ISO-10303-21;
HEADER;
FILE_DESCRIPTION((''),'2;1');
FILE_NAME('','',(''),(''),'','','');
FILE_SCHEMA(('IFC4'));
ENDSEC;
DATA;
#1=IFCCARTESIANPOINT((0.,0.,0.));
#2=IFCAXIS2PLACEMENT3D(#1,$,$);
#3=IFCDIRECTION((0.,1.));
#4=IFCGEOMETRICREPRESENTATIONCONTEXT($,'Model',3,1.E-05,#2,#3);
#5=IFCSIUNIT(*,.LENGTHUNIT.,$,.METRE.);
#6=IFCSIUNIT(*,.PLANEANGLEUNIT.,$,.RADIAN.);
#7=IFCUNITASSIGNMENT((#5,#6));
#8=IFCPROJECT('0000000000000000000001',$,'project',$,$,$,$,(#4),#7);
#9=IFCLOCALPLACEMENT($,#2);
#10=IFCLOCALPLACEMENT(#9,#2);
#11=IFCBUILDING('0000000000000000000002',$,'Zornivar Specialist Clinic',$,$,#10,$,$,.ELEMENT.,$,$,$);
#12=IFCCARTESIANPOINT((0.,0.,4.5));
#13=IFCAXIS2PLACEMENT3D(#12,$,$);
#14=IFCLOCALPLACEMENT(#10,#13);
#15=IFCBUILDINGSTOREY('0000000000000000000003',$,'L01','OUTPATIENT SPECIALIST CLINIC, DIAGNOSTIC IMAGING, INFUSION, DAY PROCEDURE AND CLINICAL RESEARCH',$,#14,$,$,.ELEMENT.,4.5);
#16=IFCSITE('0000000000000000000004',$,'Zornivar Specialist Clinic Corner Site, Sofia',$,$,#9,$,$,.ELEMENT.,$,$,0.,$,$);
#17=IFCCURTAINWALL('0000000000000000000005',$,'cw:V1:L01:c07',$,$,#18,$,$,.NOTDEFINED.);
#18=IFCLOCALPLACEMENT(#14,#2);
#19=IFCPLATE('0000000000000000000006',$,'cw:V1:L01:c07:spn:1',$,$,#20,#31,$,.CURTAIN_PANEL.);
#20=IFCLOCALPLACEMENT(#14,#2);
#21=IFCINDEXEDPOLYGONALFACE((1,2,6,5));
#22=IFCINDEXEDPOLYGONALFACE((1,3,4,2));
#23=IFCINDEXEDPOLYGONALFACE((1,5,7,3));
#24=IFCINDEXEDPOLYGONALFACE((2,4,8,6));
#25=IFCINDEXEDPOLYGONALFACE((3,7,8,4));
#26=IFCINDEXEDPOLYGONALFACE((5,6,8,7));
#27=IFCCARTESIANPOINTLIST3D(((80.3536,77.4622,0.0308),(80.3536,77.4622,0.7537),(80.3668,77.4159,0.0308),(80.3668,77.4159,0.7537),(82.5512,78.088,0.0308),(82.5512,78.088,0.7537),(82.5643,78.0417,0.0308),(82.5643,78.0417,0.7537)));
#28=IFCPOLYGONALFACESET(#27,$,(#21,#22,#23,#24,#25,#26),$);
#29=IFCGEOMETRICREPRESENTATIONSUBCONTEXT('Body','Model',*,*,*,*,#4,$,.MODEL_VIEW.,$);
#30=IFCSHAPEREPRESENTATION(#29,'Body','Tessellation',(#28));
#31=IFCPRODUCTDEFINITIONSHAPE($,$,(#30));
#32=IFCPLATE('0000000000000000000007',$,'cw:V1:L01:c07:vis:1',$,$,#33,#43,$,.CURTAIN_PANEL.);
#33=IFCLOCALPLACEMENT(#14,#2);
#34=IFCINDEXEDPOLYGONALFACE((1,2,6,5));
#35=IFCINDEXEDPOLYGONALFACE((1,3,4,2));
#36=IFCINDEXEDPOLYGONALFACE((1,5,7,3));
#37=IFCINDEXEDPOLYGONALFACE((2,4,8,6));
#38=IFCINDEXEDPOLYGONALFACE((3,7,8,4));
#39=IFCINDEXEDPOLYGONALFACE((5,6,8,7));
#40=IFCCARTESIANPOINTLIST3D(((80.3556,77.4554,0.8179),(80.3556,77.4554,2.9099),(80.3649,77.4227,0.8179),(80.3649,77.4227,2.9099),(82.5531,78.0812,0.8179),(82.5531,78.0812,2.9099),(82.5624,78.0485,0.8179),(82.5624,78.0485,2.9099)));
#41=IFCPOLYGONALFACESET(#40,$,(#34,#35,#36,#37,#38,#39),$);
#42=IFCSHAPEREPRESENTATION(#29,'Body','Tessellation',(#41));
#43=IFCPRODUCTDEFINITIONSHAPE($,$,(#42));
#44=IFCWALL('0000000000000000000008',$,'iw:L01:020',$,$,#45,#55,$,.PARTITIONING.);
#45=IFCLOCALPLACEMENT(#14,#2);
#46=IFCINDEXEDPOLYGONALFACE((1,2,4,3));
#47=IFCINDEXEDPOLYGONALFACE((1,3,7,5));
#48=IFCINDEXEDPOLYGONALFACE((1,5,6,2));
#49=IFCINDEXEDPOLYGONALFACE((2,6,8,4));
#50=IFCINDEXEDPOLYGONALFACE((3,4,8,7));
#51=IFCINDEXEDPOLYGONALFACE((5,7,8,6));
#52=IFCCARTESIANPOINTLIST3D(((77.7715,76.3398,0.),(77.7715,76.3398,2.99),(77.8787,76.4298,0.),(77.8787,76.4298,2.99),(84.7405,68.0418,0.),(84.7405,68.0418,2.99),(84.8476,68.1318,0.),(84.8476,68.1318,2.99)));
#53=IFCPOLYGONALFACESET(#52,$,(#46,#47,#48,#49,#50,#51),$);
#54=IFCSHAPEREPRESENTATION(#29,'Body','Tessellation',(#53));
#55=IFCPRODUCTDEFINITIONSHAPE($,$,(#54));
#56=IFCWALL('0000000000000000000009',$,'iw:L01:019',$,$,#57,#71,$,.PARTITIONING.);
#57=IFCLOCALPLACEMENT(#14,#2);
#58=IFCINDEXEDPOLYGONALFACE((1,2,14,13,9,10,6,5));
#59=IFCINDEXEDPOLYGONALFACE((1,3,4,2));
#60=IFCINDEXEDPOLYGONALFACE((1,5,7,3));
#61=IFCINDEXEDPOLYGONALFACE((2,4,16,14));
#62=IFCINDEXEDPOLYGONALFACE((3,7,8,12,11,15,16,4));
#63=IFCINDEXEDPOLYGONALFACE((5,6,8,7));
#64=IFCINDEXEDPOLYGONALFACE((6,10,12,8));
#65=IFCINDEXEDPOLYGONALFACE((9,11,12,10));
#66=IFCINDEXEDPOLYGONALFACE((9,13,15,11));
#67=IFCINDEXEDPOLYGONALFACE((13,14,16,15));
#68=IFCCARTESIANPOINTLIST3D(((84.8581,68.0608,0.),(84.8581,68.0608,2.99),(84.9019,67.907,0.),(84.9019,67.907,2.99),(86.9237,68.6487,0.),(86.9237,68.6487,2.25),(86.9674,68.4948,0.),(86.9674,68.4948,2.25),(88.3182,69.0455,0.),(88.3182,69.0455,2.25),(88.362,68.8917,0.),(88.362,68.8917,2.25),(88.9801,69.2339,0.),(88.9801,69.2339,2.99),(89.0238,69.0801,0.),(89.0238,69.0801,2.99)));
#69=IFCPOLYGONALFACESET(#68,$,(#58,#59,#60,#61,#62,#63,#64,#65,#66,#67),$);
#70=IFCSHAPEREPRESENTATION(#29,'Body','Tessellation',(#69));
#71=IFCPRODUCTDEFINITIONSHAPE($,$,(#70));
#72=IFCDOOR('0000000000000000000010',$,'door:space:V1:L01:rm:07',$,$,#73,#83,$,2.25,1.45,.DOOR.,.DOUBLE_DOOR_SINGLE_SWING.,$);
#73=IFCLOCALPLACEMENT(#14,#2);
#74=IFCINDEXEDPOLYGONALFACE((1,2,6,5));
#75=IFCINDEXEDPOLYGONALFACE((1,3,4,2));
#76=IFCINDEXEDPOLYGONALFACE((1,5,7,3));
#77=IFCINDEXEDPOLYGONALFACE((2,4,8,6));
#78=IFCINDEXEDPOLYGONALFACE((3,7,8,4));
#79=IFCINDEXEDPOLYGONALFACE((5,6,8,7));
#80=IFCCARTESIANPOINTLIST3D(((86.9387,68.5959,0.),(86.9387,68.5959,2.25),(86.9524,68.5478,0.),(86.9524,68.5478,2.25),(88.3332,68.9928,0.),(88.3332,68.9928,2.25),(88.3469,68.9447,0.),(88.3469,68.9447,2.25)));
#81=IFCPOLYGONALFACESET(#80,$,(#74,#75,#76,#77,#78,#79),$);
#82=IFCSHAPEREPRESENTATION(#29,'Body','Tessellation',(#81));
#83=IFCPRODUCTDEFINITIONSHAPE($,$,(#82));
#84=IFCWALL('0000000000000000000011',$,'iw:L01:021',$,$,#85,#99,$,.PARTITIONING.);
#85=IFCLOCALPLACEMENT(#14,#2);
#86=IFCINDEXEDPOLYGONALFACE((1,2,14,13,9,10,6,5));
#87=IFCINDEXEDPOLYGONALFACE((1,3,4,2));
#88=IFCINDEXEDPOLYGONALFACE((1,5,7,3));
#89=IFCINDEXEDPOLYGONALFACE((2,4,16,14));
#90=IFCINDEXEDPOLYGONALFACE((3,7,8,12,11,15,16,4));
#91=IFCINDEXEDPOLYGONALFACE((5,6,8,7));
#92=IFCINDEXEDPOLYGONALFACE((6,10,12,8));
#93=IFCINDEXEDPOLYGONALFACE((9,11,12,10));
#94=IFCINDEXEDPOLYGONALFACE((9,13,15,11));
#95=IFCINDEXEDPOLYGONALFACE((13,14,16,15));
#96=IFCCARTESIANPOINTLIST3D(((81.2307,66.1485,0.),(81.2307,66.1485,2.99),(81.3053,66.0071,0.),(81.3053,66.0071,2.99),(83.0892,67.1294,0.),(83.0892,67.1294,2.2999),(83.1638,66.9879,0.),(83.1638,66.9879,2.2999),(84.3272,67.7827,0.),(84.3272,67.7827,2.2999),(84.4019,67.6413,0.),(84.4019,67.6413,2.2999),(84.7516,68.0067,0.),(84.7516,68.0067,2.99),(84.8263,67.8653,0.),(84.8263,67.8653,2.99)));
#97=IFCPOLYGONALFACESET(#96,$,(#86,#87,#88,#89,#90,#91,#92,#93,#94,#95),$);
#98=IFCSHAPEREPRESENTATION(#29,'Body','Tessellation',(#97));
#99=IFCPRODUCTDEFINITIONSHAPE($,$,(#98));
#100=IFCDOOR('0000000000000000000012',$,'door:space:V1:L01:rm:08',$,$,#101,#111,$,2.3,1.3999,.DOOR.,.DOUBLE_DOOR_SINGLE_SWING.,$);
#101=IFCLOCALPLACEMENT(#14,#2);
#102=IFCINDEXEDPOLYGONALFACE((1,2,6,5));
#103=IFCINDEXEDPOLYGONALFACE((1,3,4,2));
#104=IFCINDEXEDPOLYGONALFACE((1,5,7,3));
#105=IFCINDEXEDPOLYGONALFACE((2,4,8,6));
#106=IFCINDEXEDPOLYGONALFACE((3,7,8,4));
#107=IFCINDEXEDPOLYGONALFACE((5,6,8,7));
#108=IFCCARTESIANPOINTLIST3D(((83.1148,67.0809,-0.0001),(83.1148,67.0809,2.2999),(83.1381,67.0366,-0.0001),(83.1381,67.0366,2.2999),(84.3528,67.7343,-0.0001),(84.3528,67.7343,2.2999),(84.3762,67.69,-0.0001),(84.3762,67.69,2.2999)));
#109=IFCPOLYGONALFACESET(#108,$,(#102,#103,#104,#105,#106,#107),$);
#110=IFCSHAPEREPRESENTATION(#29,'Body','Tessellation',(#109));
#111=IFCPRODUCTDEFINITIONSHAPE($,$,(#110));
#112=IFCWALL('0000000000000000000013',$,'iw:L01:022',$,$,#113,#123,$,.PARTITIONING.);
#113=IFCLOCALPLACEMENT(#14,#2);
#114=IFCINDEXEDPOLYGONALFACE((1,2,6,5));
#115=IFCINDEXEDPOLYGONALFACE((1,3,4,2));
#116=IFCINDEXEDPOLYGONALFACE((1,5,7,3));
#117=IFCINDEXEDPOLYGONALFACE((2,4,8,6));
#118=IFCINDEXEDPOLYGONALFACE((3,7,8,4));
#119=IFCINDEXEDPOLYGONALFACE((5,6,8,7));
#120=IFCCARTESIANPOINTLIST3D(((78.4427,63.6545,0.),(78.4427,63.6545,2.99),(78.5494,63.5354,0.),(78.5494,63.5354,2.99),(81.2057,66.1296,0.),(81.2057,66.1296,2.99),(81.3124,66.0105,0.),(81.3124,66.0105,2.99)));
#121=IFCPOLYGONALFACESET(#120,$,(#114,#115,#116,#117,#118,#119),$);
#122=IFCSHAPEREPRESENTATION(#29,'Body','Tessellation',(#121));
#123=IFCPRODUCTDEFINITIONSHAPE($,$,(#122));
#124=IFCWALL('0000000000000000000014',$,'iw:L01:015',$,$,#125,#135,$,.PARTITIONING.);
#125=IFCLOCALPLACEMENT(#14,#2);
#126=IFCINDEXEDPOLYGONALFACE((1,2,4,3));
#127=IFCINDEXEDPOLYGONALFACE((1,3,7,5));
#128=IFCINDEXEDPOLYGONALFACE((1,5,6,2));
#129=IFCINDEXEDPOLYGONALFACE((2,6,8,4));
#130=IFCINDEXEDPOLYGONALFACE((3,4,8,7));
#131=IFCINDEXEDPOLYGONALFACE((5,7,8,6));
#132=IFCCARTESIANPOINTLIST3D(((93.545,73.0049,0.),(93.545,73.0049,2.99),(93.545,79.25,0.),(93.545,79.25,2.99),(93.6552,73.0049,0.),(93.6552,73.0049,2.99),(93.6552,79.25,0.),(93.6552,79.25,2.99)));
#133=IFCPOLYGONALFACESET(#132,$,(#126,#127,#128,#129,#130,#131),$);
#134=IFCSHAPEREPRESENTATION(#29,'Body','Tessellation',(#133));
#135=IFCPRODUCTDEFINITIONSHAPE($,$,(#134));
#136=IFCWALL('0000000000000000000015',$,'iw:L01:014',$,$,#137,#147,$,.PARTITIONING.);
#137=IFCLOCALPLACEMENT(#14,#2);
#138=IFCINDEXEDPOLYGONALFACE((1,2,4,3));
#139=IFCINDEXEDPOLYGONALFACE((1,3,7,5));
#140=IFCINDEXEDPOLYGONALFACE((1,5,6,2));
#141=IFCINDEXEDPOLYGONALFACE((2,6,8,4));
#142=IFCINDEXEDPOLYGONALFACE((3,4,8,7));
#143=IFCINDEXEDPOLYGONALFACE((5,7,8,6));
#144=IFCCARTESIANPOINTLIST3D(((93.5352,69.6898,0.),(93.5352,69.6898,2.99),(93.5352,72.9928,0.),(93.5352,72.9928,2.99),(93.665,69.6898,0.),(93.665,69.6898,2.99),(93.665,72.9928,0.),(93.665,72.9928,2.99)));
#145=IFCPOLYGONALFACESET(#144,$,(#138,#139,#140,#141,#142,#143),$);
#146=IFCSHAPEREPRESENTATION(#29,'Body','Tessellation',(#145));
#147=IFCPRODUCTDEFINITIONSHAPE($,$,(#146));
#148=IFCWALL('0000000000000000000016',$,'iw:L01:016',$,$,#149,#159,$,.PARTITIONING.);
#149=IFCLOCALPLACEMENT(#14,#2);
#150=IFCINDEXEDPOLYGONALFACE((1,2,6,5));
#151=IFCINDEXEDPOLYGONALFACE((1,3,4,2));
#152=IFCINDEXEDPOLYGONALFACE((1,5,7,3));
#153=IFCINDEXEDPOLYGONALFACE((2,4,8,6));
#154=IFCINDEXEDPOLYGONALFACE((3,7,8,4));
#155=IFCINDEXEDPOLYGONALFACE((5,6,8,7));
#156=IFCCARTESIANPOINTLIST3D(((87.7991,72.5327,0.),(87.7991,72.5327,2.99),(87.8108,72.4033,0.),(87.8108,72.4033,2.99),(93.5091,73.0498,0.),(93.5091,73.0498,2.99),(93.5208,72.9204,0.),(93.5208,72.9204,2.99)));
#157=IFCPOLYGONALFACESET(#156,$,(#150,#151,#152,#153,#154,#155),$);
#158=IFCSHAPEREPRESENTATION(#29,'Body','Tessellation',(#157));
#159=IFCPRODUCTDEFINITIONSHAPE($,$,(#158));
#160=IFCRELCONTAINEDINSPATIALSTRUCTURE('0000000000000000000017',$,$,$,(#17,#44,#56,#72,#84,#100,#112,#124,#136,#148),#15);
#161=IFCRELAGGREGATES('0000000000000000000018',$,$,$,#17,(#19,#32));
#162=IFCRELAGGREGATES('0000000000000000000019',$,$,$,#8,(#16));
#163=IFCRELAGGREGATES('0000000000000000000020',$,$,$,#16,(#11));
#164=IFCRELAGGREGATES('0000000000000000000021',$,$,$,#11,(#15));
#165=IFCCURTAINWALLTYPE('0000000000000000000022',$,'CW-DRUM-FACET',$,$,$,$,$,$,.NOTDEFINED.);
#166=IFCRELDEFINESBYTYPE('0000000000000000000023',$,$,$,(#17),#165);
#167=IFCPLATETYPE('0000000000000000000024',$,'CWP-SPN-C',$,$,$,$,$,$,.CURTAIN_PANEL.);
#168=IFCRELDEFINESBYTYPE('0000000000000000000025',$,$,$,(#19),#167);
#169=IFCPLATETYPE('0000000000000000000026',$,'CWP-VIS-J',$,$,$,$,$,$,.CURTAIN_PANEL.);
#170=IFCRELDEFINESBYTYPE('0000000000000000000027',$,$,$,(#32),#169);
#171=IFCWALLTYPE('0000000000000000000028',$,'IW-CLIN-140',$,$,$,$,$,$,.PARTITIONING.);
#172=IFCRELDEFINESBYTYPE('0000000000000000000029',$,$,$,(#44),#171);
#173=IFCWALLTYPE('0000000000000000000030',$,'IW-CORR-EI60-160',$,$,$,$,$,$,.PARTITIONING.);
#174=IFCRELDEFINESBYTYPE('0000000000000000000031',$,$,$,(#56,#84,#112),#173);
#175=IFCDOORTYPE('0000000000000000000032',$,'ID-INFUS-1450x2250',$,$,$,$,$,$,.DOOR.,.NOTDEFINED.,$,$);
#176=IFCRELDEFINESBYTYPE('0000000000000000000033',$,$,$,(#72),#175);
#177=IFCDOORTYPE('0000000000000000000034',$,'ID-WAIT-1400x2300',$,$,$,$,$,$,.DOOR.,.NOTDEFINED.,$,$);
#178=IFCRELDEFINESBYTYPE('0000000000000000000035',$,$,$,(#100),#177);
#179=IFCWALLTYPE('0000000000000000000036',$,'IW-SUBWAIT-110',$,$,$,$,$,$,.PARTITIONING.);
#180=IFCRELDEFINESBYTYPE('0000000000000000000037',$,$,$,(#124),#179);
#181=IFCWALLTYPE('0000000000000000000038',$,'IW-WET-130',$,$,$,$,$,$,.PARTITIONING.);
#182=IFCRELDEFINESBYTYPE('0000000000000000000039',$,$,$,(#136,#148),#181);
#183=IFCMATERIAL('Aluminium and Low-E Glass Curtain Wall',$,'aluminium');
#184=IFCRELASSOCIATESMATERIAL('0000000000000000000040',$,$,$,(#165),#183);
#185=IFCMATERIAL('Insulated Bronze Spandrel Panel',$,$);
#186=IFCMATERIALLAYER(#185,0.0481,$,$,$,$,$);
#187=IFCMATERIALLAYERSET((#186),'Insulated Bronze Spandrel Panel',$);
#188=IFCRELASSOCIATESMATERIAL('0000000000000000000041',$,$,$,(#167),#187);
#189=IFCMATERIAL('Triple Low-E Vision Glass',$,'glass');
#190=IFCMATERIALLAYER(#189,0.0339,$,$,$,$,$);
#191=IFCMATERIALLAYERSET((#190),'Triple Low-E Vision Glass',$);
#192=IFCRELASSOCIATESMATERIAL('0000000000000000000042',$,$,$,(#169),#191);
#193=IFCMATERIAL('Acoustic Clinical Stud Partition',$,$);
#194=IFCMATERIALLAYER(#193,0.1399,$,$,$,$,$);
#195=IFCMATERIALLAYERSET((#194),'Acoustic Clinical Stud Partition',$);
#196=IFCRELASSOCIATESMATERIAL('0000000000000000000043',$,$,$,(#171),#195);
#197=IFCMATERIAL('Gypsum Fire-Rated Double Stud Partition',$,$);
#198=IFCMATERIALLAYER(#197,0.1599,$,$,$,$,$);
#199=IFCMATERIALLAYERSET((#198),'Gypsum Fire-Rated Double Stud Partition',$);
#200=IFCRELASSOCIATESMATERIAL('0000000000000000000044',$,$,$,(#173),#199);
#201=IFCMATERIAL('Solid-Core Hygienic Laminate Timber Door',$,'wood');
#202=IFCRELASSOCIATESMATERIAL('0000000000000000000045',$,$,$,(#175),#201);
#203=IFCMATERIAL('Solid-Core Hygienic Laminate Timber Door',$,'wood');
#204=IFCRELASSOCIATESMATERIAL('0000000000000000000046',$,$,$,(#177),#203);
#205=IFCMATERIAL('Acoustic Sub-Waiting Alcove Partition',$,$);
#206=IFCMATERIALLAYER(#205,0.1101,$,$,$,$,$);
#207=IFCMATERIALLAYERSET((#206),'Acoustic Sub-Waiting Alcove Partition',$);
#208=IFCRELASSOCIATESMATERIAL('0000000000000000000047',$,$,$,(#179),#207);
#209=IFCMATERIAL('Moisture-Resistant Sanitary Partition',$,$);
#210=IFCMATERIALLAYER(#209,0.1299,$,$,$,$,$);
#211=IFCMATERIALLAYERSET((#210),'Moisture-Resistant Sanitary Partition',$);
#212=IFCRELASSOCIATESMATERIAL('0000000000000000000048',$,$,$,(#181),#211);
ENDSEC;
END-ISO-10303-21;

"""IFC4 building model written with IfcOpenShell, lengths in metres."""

from ifc_helpers import new_model, si_unit, direction, frame, frame_2d, origin, origin_2d, place, context, subcontext, project, spatial, rectangle, extrude, material, layer, layer_set, type_object, element, fill, aggregate, save


model = new_model("IFC4")

# Units and contexts
model_context = context("Model", 3, precision=1e-05, world=origin(), true_north=direction((0.0, 1.0)))
body_context = subcontext(model_context, "Body", "Model", "MODEL_VIEW")
ifc_project = project(units=[si_unit("LENGTHUNIT", "METRE"), si_unit("PLANEANGLEUNIT", "RADIAN")], contexts=[model_context])

# Site, building, storey
site_placement = place(None, origin())
site = spatial("IfcSite", under=ifc_project, at=site_placement, Name="Zornivar Specialist Clinic Corner Site, Sofia", CompositionType="ELEMENT", RefElevation=0.0)
building_placement = place(site_placement, origin())
building = spatial("IfcBuilding", under=site, at=building_placement, Name="Zornivar Specialist Clinic", CompositionType="ELEMENT")
storey_placement = place(building_placement, frame((0.0, 0.0, 4.5)))
storey = spatial("IfcBuildingStorey", under=building, at=storey_placement, Name="L01", Description="OUTPATIENT SPECIALIST CLINIC, DIAGNOSTIC IMAGING, INFUSION, DAY PROCEDURE AND CLINICAL RESEARCH", CompositionType="ELEMENT", Elevation=4.5)

# Curtain wall, plates
ifc_material_1 = material(Name="Aluminium and Low-E Glass Curtain Wall", Category="aluminium")
curtain_wall_type = type_object("IfcCurtainWallType", Name="CW-DRUM-FACET", PredefinedType="NOTDEFINED", material=ifc_material_1)
curtain_wall_placement = place(storey_placement, origin())
curtain_wall = element("IfcCurtainWall", 1, at=curtain_wall_placement, inside=storey, type_object=curtain_wall_type, Name="cw:V1:L01:c07", PredefinedType="NOTDEFINED")
ifc_material_2 = material(Name="Insulated Bronze Spandrel Panel")
ifc_layer_1 = layer(ifc_material_2, 0.0481)
ifc_layer_set_1 = layer_set([ifc_layer_1], Name="Insulated Bronze Spandrel Panel")
plate_type_1 = type_object("IfcPlateType", Name="CWP-SPN-C", PredefinedType="CURTAIN_PANEL", material=ifc_layer_set_1)
plate_1_placement = place(storey_placement, frame((81.459, 77.752, 0.0308), z_axis=(0.0, 0.0, 1.0), x_axis=(-0.961761, -0.273889, 0.0)))
plate_1 = element("IfcPlate", 2, at=plate_1_placement, type_object=plate_type_1, Name="cw:V1:L01:c07:spn:1", PredefinedType="CURTAIN_PANEL", context=body_context, shape_type="SweptSolid", body=[
    extrude(rectangle(XDim=2.2849, YDim=0.0481, at=origin_2d()), origin(), (0.0, 0.0, 1.0), 0.7229),
])
ifc_material_3 = material(Name="Triple Low-E Vision Glass", Category="glass")
ifc_layer_2 = layer(ifc_material_3, 0.0339)
ifc_layer_set_2 = layer_set([ifc_layer_2], Name="Triple Low-E Vision Glass")
plate_type_2 = type_object("IfcPlateType", Name="CWP-VIS-J", PredefinedType="CURTAIN_PANEL", material=ifc_layer_set_2)
plate_2_placement = place(storey_placement, frame((81.459, 77.752, 0.8179), z_axis=(0.0, 0.0, 1.0), x_axis=(-0.961761, -0.273889, 0.0)))
plate_2 = element("IfcPlate", 3, at=plate_2_placement, type_object=plate_type_2, Name="cw:V1:L01:c07:vis:1", PredefinedType="CURTAIN_PANEL", context=body_context, shape_type="SweptSolid", body=[
    extrude(rectangle(XDim=2.2849, YDim=0.0339, at=origin_2d()), origin(), (0.0, 0.0, 1.0), 2.092),
])
aggregate(curtain_wall, [plate_1, plate_2])

# Wall
ifc_material_4 = material(Name="Acoustic Clinical Stud Partition")
ifc_layer_3 = layer(ifc_material_4, 0.1399)
ifc_layer_set_3 = layer_set([ifc_layer_3], Name="Acoustic Clinical Stud Partition")
wall_type_1 = type_object("IfcWallType", Name="IW-CLIN-140", PredefinedType="PARTITIONING", material=ifc_layer_set_3)
wall_1_placement = place(storey_placement, frame((84.7939, 68.0869, 0.0), z_axis=(0.0, 0.0, 1.0), x_axis=(-0.643116, 0.765769, 0.0)))
element("IfcWall", 4, at=wall_1_placement, inside=storey, type_object=wall_type_1, Name="iw:L01:020", PredefinedType="PARTITIONING", context=body_context, shape_type="SweptSolid", body=[
    extrude(rectangle(XDim=10.8362, YDim=0.1399, at=frame_2d((5.418, 0.0))), origin(), (0.0, 0.0, 1.0), 2.99),
])

# Walls, openings, doors
ifc_material_5 = material(Name="Gypsum Fire-Rated Double Stud Partition")
ifc_layer_4 = layer(ifc_material_5, 0.1599)
ifc_layer_set_4 = layer_set([ifc_layer_4], Name="Gypsum Fire-Rated Double Stud Partition")
wall_type_2 = type_object("IfcWallType", Name="IW-CORR-EI60-160", PredefinedType="PARTITIONING", material=ifc_layer_set_4)
wall_2_placement = place(storey_placement, frame((89.002, 69.157, 0.0), z_axis=(0.0, 0.0, 1.0), x_axis=(-0.961809, -0.27372, 0.0)))
wall_2 = element("IfcWall", 5, at=wall_2_placement, inside=storey, type_object=wall_type_2, Name="iw:L01:019", PredefinedType="PARTITIONING", context=body_context, shape_type="SweptSolid", body=[
    extrude(rectangle(XDim=4.2856, YDim=0.1599, at=frame_2d((2.1428, 0.0))), origin(), (0.0, 0.0, 1.0), 2.99),
])
opening_1_placement = place(wall_2_placement, frame((0.688, 0.0, 0.0)))
opening_1 = element("IfcOpeningElement", 6, at=opening_1_placement, cuts=wall_2, PredefinedType="OPENING", context=body_context, shape_type="SweptSolid", body=[
    extrude(rectangle(XDim=1.45, YDim=2.25, at=frame_2d((0.7251, 1.125))), frame((0.0, 0.0898, 0.0), z_axis=(0.0, -1.0, 0.0), x_axis=(1.0, 0.0, 0.0)), (0.0, 0.0, 1.0), 0.1799),
])
ifc_material_6 = material(Name="Solid-Core Hygienic Laminate Timber Door", Category="wood")
door_type_1 = type_object("IfcDoorType", Name="ID-INFUS-1450x2250", OperationType="NOTDEFINED", PredefinedType="DOOR", material=ifc_material_6)
door_1_placement = place(opening_1_placement, origin())
door_1 = element("IfcDoor", 7, at=door_1_placement, inside=storey, type_object=door_type_1, Name="door:space:V1:L01:rm:07", OperationType="DOUBLE_DOOR_SINGLE_SWING", OverallHeight=2.25, OverallWidth=1.45, PredefinedType="DOOR", context=body_context, shape_type="SweptSolid", body=[
    extrude(rectangle(XDim=1.45, YDim=2.25, at=frame_2d((0.7251, 1.125))), frame((0.0, 0.0249, 0.0), z_axis=(0.0, -1.0, 0.0), x_axis=(1.0, 0.0, 0.0)), (0.0, 0.0, 1.0), 0.05),
])
fill(opening_1, door_1)
wall_3_placement = place(storey_placement, frame((84.7891, 67.936, 0.0), z_axis=(0.0, 0.0, 1.0), x_axis=(-0.8844, -0.466729, 0.0)))
wall_3 = element("IfcWall", 8, at=wall_3_placement, inside=storey, type_object=wall_type_2, Name="iw:L01:021", PredefinedType="PARTITIONING", context=body_context, shape_type="SweptSolid", body=[
    extrude(rectangle(XDim=3.9812, YDim=0.1599, at=frame_2d((1.9907, 0.0))), origin(), (0.0, 0.0, 1.0), 2.99),
])
opening_2_placement = place(wall_3_placement, frame((0.48, 0.0, 0.0)))
opening_2 = element("IfcOpeningElement", 9, at=opening_2_placement, cuts=wall_3, PredefinedType="OPENING", context=body_context, shape_type="SweptSolid", body=[
    extrude(rectangle(XDim=1.3999, YDim=2.3, at=frame_2d((0.7, 1.1499))), frame((0.0, 0.0898, 0.0), z_axis=(0.0, -1.0, 0.0), x_axis=(1.0, 0.0, 0.0)), (0.0, 0.0, 1.0), 0.1799),
])
ifc_material_7 = material(Name="Solid-Core Hygienic Laminate Timber Door", Category="wood")
door_type_2 = type_object("IfcDoorType", Name="ID-WAIT-1400x2300", OperationType="NOTDEFINED", PredefinedType="DOOR", material=ifc_material_7)
door_2_placement = place(opening_2_placement, origin())
door_2 = element("IfcDoor", 10, at=door_2_placement, inside=storey, type_object=door_type_2, Name="door:space:V1:L01:rm:08", OperationType="DOUBLE_DOOR_SINGLE_SWING", OverallHeight=2.3, OverallWidth=1.3999, PredefinedType="DOOR", context=body_context, shape_type="SweptSolid", body=[
    extrude(rectangle(XDim=1.3999, YDim=2.3, at=frame_2d((0.7, 1.1499))), frame((0.0, 0.0249, 0.0), z_axis=(0.0, -1.0, 0.0), x_axis=(1.0, 0.0, 0.0)), (0.0, 0.0, 1.0), 0.05),
])
fill(opening_2, door_2)

# Walls
wall_4_placement = place(storey_placement, frame((81.259, 66.0701, 0.0), z_axis=(0.0, 0.0, 1.0), x_axis=(-0.74484, -0.667243, 0.0)))
element("IfcWall", 11, at=wall_4_placement, inside=storey, type_object=wall_type_2, Name="iw:L01:022", PredefinedType="PARTITIONING", context=body_context, shape_type="SweptSolid", body=[
    extrude(rectangle(XDim=3.7095, YDim=0.1599, at=frame_2d((1.8547, 0.0))), origin(), (0.0, 0.0, 1.0), 2.99),
])
ifc_material_8 = material(Name="Acoustic Sub-Waiting Alcove Partition")
ifc_layer_5 = layer(ifc_material_8, 0.1101)
ifc_layer_set_5 = layer_set([ifc_layer_5], Name="Acoustic Sub-Waiting Alcove Partition")
wall_type_3 = type_object("IfcWallType", Name="IW-SUBWAIT-110", PredefinedType="PARTITIONING", material=ifc_layer_set_5)
wall_5_placement = place(storey_placement, frame((93.6001, 73.0049, 0.0), z_axis=(0.0, 0.0, 1.0), x_axis=(0.0, 1.0, 0.0)))
element("IfcWall", 12, at=wall_5_placement, inside=storey, type_object=wall_type_3, Name="iw:L01:015", PredefinedType="PARTITIONING", context=body_context, shape_type="SweptSolid", body=[
    extrude(rectangle(XDim=6.2451, YDim=0.1101, at=frame_2d((3.1226, 0.0))), origin(), (0.0, 0.0, 1.0), 2.99),
])
ifc_material_9 = material(Name="Moisture-Resistant Sanitary Partition")
ifc_layer_6 = layer(ifc_material_9, 0.1299)
ifc_layer_set_6 = layer_set([ifc_layer_6], Name="Moisture-Resistant Sanitary Partition")
wall_type_4 = type_object("IfcWallType", Name="IW-WET-130", PredefinedType="PARTITIONING", material=ifc_layer_set_6)
wall_6_placement = place(storey_placement, frame((93.6001, 69.6899, 0.0), z_axis=(0.0, 0.0, 1.0), x_axis=(0.0, 1.0, 0.0)))
element("IfcWall", 13, at=wall_6_placement, inside=storey, type_object=wall_type_4, Name="iw:L01:014", PredefinedType="PARTITIONING", context=body_context, shape_type="SweptSolid", body=[
    extrude(rectangle(XDim=3.303, YDim=0.1299, at=frame_2d((1.6514, 0.0))), origin(), (0.0, 0.0, 1.0), 2.99),
])
wall_7_placement = place(storey_placement, frame((87.8049, 72.468, 0.0), z_axis=(0.0, 0.0, 1.0), x_axis=(0.995925, 0.09019, 0.0)))
element("IfcWall", 14, at=wall_7_placement, inside=storey, type_object=wall_type_4, Name="iw:L01:016", PredefinedType="PARTITIONING", context=body_context, shape_type="SweptSolid", body=[
    extrude(rectangle(XDim=5.7334, YDim=0.1299, at=frame_2d((2.8667, 0.0))), origin(), (0.0, 0.0, 1.0), 2.99),
])

save(model, "model.ifc")
